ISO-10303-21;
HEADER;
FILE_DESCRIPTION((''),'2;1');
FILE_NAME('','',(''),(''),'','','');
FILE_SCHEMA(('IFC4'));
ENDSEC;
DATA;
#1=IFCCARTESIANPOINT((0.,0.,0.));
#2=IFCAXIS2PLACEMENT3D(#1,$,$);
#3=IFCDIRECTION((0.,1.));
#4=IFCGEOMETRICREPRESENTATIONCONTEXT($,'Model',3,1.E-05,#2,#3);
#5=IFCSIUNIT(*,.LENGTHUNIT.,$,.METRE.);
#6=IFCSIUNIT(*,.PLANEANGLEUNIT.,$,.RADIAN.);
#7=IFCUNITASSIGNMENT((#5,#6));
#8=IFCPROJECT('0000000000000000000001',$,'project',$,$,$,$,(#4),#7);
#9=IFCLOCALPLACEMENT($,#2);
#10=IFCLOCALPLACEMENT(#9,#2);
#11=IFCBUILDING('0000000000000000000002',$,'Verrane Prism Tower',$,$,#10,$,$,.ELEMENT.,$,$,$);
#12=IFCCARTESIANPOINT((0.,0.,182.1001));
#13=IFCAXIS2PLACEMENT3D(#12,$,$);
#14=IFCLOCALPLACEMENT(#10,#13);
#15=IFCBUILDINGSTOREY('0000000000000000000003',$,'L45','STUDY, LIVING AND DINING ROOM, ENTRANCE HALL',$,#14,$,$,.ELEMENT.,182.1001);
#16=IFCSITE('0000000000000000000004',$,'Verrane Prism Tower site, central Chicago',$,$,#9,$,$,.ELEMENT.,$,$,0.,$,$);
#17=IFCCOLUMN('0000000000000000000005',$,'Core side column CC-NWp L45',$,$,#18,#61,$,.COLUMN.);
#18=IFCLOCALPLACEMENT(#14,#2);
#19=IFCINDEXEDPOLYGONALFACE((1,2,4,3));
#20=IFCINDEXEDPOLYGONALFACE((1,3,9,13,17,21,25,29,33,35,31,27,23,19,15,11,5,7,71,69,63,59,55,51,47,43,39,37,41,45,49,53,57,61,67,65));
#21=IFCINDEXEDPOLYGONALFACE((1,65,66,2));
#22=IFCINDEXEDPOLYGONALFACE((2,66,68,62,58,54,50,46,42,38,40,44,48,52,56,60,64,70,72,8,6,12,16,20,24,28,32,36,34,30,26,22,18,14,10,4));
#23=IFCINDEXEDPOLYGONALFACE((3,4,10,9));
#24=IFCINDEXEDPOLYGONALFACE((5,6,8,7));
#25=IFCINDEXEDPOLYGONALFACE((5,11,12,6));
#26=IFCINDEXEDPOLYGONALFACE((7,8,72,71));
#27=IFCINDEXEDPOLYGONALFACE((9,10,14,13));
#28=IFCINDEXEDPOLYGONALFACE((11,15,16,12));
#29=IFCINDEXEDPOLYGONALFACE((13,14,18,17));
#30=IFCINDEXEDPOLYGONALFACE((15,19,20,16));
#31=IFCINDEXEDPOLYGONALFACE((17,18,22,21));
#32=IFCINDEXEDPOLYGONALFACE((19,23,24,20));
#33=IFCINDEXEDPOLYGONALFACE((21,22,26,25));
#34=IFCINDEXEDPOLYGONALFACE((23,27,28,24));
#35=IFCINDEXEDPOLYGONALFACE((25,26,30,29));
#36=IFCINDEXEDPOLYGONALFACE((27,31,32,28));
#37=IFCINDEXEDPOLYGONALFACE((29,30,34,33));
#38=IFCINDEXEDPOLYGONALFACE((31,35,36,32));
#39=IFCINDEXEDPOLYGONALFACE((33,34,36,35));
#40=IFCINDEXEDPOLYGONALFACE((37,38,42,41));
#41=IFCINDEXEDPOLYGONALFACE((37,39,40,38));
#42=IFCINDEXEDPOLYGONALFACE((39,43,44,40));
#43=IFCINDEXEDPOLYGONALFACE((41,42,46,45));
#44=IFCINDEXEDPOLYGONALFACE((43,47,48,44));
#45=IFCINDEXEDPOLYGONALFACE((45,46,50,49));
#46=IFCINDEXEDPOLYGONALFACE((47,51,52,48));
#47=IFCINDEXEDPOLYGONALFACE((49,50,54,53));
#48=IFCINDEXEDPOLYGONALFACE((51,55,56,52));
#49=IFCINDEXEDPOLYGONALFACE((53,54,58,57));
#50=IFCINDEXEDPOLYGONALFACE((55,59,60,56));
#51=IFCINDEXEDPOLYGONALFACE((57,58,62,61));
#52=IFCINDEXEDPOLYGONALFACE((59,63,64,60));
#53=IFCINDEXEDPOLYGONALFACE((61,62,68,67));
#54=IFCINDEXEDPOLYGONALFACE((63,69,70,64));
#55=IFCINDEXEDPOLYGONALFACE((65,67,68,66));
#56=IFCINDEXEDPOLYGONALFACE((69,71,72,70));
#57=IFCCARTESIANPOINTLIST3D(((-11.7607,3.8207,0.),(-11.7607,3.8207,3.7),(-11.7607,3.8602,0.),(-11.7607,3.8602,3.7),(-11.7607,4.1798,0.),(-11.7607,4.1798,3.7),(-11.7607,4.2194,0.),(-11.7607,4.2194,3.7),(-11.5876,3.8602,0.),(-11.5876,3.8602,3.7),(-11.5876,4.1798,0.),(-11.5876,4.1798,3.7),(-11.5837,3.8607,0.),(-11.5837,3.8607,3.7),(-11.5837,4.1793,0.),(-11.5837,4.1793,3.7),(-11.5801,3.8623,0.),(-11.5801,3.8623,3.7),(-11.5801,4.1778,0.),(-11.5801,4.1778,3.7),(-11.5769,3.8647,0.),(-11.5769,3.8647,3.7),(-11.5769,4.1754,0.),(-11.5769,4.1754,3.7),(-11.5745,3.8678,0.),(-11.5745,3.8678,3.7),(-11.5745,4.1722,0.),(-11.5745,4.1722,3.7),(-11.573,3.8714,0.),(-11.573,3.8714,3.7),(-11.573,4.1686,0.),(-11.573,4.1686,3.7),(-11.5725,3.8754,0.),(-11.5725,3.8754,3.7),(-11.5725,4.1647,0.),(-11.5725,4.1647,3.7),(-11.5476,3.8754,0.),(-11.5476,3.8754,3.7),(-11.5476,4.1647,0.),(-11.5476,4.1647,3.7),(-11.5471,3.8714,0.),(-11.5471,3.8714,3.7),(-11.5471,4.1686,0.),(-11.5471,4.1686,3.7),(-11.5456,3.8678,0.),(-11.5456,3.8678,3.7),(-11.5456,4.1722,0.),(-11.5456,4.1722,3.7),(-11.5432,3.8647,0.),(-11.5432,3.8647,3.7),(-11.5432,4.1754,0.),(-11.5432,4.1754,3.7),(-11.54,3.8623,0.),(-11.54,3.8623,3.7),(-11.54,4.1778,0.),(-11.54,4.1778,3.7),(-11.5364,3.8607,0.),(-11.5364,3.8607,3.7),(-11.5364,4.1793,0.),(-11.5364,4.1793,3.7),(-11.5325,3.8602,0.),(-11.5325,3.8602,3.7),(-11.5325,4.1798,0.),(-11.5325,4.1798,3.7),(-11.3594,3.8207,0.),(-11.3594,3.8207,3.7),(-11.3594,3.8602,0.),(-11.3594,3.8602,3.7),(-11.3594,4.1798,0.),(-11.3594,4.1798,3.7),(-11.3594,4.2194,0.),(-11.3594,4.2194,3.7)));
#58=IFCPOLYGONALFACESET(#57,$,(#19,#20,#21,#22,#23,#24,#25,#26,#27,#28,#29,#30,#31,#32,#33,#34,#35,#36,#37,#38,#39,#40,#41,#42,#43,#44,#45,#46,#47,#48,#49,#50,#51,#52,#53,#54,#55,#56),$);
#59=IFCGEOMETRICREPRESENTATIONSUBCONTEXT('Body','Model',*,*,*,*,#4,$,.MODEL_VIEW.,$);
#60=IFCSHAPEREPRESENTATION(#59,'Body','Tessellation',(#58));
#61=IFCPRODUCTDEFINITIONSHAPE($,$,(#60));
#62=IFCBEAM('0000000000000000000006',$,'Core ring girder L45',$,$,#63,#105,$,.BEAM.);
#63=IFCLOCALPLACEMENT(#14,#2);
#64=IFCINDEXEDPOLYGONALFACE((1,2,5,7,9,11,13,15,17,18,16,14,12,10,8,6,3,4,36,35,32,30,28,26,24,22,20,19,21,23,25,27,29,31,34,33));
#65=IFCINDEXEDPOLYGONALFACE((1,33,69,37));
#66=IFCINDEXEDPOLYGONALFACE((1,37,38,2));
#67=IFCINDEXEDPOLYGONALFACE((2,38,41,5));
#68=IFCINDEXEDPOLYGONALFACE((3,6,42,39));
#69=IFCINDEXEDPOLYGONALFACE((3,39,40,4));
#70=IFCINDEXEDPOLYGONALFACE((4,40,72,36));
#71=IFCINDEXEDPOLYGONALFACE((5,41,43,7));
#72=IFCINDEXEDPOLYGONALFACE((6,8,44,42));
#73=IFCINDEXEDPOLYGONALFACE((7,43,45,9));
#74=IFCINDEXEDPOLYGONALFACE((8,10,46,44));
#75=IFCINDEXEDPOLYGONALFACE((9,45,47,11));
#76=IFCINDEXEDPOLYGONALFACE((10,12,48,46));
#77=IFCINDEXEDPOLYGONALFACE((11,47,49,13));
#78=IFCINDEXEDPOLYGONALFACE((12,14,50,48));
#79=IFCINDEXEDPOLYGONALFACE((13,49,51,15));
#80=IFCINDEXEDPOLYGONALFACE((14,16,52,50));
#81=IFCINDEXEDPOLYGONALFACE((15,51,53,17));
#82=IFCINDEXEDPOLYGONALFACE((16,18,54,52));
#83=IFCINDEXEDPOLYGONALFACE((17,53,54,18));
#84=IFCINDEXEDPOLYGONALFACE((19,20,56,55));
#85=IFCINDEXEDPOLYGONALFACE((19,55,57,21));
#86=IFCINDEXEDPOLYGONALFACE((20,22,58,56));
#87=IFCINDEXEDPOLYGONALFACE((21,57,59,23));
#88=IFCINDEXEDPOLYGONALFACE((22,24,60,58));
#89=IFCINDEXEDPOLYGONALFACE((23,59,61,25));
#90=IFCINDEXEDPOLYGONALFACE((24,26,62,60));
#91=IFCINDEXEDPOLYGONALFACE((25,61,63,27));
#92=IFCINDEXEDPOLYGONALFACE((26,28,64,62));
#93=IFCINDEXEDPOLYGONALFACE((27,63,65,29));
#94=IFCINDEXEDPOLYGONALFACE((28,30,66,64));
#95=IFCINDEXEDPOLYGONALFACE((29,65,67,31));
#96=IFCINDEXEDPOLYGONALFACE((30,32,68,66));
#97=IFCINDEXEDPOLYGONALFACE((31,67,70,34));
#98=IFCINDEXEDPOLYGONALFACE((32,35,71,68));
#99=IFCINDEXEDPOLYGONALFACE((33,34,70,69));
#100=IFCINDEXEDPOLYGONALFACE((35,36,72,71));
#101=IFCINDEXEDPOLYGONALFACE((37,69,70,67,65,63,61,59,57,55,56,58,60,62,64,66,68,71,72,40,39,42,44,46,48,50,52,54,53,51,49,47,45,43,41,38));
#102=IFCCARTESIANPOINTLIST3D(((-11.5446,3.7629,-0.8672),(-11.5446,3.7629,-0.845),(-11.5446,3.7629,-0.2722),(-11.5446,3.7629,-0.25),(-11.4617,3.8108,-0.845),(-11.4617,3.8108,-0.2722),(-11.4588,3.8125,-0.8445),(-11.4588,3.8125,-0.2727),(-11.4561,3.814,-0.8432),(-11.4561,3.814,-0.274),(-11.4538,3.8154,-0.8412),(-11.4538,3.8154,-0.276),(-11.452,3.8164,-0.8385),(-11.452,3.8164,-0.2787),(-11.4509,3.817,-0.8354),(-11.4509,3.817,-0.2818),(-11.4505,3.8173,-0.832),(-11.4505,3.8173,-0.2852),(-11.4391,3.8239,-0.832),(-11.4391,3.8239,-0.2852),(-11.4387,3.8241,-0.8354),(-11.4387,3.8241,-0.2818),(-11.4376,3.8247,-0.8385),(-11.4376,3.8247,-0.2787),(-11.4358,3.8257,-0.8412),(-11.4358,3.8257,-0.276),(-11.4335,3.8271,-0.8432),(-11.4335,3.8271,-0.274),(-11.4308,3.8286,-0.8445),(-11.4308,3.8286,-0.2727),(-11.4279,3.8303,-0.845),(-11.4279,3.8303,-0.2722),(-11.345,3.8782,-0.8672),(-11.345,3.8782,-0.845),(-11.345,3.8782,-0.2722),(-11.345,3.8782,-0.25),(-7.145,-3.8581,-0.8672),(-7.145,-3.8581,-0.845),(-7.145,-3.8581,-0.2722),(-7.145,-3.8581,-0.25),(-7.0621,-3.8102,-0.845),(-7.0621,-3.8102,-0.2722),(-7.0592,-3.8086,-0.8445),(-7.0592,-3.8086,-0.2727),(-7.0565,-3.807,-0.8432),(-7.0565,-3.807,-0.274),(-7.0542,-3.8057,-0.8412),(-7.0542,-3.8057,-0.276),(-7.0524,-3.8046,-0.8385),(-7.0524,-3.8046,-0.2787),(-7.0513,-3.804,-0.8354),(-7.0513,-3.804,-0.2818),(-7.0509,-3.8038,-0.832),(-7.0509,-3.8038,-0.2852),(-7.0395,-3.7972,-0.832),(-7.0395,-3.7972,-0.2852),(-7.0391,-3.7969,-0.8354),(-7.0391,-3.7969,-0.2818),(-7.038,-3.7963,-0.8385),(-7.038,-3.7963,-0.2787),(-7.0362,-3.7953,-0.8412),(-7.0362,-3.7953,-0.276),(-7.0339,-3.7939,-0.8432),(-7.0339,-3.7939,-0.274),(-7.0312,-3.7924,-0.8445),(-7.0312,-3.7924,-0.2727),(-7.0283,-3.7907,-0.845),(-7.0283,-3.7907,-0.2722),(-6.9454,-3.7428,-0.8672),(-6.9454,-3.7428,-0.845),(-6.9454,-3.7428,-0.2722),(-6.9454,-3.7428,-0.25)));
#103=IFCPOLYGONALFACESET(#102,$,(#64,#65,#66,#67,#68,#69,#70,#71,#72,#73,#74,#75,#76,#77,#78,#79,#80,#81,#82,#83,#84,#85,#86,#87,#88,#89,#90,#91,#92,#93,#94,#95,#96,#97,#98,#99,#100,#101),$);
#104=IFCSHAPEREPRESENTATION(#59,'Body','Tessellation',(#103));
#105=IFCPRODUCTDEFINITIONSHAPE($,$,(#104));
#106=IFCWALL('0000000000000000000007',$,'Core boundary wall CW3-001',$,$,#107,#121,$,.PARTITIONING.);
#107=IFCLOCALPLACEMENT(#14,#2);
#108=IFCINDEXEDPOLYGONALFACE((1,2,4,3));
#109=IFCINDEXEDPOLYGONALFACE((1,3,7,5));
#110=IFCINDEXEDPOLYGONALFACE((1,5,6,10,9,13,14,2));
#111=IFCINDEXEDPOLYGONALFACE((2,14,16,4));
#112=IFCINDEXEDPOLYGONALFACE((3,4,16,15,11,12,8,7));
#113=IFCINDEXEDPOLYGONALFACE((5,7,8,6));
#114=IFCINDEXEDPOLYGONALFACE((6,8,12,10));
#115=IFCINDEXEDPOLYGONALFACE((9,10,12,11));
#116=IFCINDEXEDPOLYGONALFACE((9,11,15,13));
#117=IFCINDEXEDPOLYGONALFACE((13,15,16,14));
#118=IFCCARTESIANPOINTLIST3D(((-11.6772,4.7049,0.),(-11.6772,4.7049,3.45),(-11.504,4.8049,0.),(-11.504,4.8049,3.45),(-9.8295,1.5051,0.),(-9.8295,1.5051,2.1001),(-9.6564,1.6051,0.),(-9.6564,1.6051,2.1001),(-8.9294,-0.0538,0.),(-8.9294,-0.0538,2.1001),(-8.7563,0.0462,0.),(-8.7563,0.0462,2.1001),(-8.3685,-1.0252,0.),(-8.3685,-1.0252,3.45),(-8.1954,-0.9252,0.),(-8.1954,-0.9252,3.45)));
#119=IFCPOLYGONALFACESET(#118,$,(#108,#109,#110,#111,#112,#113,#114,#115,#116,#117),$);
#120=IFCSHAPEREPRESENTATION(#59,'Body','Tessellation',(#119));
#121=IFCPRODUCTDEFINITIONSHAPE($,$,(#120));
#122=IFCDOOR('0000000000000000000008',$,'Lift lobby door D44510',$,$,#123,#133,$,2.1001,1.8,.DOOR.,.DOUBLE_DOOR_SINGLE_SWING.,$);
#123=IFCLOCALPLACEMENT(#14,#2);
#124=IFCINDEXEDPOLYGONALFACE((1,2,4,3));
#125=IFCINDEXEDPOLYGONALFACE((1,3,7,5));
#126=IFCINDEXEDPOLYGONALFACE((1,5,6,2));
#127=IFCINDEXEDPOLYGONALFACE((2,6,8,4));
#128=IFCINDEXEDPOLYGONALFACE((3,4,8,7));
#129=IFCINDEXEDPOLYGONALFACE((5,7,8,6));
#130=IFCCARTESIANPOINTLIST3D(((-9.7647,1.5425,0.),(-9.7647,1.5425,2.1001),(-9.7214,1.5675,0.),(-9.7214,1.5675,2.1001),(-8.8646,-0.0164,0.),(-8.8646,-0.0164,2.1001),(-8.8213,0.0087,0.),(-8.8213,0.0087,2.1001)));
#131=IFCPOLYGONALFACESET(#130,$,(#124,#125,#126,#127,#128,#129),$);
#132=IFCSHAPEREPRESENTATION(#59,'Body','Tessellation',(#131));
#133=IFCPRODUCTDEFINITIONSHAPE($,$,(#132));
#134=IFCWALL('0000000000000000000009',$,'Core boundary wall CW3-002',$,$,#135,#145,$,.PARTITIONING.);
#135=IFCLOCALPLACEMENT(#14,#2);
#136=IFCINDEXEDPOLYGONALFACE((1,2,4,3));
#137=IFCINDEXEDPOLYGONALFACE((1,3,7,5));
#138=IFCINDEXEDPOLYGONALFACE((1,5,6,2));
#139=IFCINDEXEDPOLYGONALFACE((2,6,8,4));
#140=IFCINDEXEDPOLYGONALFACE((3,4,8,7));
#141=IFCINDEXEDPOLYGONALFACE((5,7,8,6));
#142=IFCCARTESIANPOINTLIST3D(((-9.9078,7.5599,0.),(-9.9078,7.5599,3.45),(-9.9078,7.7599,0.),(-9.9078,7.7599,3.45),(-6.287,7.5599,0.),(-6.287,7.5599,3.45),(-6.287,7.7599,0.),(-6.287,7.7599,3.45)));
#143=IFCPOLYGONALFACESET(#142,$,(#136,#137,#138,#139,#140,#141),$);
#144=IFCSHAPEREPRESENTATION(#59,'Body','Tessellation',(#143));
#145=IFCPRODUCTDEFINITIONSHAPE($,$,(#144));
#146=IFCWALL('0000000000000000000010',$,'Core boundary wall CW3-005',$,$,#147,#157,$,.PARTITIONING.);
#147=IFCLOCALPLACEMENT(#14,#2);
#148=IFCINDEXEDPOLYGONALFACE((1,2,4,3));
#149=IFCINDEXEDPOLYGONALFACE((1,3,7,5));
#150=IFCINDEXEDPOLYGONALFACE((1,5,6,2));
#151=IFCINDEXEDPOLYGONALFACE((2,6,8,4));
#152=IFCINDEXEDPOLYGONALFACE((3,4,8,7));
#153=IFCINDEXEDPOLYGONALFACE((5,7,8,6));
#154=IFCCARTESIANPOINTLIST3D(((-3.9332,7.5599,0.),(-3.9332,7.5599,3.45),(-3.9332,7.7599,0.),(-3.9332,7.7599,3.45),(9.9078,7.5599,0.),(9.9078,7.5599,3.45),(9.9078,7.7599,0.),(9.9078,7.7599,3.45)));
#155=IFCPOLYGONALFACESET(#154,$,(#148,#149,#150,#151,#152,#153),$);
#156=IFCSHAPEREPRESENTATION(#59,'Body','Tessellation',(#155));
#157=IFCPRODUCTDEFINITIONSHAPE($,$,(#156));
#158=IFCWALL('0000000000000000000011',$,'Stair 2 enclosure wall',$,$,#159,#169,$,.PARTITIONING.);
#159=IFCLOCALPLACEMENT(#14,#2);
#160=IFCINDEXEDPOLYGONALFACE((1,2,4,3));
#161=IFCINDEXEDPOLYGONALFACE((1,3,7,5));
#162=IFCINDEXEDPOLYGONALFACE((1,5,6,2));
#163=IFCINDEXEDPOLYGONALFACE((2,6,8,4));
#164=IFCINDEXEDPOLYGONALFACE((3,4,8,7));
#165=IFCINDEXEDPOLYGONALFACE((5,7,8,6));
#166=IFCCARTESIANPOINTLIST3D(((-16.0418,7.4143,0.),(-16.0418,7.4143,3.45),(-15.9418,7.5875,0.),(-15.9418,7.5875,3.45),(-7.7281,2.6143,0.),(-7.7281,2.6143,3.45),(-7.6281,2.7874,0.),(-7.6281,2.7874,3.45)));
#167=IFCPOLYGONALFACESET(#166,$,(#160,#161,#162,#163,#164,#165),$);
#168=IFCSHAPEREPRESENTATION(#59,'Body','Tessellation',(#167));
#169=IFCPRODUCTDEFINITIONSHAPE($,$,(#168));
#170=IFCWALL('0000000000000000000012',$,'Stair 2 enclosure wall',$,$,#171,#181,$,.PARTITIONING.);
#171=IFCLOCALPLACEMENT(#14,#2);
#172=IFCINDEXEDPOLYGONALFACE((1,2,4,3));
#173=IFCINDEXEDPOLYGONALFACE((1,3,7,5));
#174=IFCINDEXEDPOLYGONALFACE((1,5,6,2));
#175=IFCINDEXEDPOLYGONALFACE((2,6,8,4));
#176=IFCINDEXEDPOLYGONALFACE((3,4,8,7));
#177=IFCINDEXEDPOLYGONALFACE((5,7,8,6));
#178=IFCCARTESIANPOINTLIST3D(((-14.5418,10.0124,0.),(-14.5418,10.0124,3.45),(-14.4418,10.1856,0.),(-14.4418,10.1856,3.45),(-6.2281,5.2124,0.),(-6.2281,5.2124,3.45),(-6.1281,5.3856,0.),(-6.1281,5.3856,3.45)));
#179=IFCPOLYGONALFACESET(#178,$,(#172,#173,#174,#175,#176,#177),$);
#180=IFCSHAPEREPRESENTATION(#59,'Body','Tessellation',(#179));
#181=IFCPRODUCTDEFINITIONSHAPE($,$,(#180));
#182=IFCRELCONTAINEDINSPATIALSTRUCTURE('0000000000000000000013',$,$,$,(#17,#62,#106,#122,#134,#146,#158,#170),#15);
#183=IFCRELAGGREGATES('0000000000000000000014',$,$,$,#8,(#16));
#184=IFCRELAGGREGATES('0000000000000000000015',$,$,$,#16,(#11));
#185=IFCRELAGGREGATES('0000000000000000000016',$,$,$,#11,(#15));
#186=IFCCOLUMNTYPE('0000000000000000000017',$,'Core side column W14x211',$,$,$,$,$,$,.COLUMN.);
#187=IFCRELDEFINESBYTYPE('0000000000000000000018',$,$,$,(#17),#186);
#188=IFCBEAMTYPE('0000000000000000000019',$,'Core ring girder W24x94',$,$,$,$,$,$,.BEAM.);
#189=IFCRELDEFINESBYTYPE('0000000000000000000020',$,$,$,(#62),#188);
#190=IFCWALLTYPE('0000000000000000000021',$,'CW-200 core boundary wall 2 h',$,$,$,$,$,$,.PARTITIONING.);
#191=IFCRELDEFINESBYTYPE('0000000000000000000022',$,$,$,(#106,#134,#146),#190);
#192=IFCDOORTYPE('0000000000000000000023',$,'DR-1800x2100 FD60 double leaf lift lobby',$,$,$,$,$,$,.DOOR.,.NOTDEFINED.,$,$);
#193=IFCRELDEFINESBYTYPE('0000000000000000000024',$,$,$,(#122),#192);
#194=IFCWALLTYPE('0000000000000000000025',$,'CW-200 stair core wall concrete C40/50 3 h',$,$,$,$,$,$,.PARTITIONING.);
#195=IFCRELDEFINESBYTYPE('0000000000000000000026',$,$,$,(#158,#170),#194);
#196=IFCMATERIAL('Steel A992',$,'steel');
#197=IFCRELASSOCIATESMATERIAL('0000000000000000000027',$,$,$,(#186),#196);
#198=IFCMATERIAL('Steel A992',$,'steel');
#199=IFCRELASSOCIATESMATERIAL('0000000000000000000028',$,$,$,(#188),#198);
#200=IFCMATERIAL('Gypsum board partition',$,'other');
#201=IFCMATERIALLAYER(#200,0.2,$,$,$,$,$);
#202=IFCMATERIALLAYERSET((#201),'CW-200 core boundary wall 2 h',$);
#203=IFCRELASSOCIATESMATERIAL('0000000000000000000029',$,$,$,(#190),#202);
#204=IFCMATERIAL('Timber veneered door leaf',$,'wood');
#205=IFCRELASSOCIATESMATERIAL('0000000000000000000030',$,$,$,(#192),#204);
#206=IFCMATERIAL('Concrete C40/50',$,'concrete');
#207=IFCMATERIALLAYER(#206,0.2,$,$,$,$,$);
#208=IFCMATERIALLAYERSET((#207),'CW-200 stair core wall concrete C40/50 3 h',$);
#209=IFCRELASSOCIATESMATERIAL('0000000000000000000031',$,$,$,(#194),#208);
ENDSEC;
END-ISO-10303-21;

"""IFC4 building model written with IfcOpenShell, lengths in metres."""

from ifc_helpers import new_model, si_unit, direction, frame, frame_2d, origin, origin_2d, place, context, subcontext, project, spatial, rectangle, i_section, extrude, material, layer, layer_set, material_profile, profile_set, type_object, element, fill, save


model = new_model("IFC4")

# Units and contexts
model_context = context("Model", 3, precision=1e-05, world=origin(), true_north=direction((0.0, 1.0)))
body_context = subcontext(model_context, "Body", "Model", "MODEL_VIEW")
ifc_project = project(units=[si_unit("LENGTHUNIT", "METRE"), si_unit("PLANEANGLEUNIT", "RADIAN")], contexts=[model_context])

# Site, building, storey
site_placement = place(None, origin())
site = spatial("IfcSite", under=ifc_project, at=site_placement, Name="Verrane Prism Tower site, central Chicago", CompositionType="ELEMENT", RefElevation=0.0)
building_placement = place(site_placement, origin())
building = spatial("IfcBuilding", under=site, at=building_placement, Name="Verrane Prism Tower", CompositionType="ELEMENT")
storey_placement = place(building_placement, frame((0.0, 0.0, 182.1001)))
storey = spatial("IfcBuildingStorey", under=building, at=storey_placement, Name="L45", Description="STUDY, LIVING AND DINING ROOM, ENTRANCE HALL", CompositionType="ELEMENT", Elevation=182.1001)

# Column
ifc_material_1 = material(Name="Steel A992", Category="steel")
ifc_material_profile_1 = material_profile(ifc_material_1, i_section(OverallWidth=0.4014, OverallDepth=0.3987, WebThickness=0.0249, FlangeThickness=0.0396, FilletRadius=0.0151, at=origin_2d()), Name="W14x211")
ifc_profile_set_1 = profile_set([ifc_material_profile_1], Name="Steel A992")
column_type = type_object("IfcColumnType", Name="Core side column W14x211", PredefinedType="COLUMN", material=ifc_profile_set_1)
column_placement = place(storey_placement, frame((-11.5601, 4.02, 0.0), z_axis=(0.0, 0.0, 1.0), x_axis=(1.0, 0.0, 0.0)))
element("IfcColumn", 1, at=column_placement, inside=storey, type_object=column_type, Name="Core side column CC-NWp L45", PredefinedType="COLUMN", context=body_context, shape_type="SweptSolid", body=[
    extrude(i_section(OverallWidth=0.4014, OverallDepth=0.3987, WebThickness=0.0249, FlangeThickness=0.0396, FilletRadius=0.0151, at=origin_2d()), origin(), (0.0, 0.0, 1.0), 3.7),
])

# Beam
ifc_material_2 = material(Name="Steel A992", Category="steel")
ifc_material_profile_2 = material_profile(ifc_material_2, i_section(OverallWidth=0.2305, OverallDepth=0.6172, WebThickness=0.0132, FlangeThickness=0.0222, FilletRadius=0.0129, at=origin_2d()), Name="W24x94")
ifc_profile_set_2 = profile_set([ifc_material_profile_2], Name="Steel A992")
beam_type = type_object("IfcBeamType", Name="Core ring girder W24x94", PredefinedType="BEAM", material=ifc_profile_set_2)
beam_placement = place(storey_placement, frame((-11.4448, 3.8206, -0.5586), z_axis=(0.499967, -0.866044, 0.0), x_axis=(0.866044, 0.499967, 0.0)))
element("IfcBeam", 2, at=beam_placement, inside=storey, type_object=beam_type, Name="Core ring girder L45", PredefinedType="BEAM", context=body_context, shape_type="SweptSolid", body=[
    extrude(i_section(OverallWidth=0.2305, OverallDepth=0.6172, WebThickness=0.0132, FlangeThickness=0.0222, FilletRadius=0.0129, at=origin_2d()), origin(), (0.0, 0.0, 1.0), 8.7998),
])

# Wall, opening, door
ifc_material_3 = material(Name="Gypsum board partition", Category="other")
ifc_layer_1 = layer(ifc_material_3, 0.2)
ifc_layer_set_1 = layer_set([ifc_layer_1], Name="CW-200 core boundary wall 2 h")
wall_type_1 = type_object("IfcWallType", Name="CW-200 core boundary wall 2 h", PredefinedType="PARTITIONING", material=ifc_layer_set_1)
wall_1_placement = place(storey_placement, frame((-11.5906, 4.7549, 0.0), z_axis=(0.0, 0.0, 1.0), x_axis=(0.500044, -0.866, 0.0)))
wall_1 = element("IfcWall", 3, at=wall_1_placement, inside=storey, type_object=wall_type_1, Name="Core boundary wall CW3-001", PredefinedType="PARTITIONING", context=body_context, shape_type="SweptSolid", body=[
    extrude(rectangle(XDim=6.6167, YDim=0.2, at=frame_2d((3.3083, 0.0))), origin(), (0.0, 0.0, 1.0), 3.45),
])
opening_1_placement = place(wall_1_placement, frame((3.6951, 0.0, 0.0)))
opening_1 = element("IfcOpeningElement", 4, at=opening_1_placement, cuts=wall_1, PredefinedType="OPENING", context=body_context, shape_type="SweptSolid", body=[
    extrude(rectangle(XDim=1.8, YDim=2.1001, at=frame_2d((0.8999, 1.05))), frame((0.0, 0.1099, 0.0), z_axis=(0.0, -1.0, 0.0), x_axis=(1.0, 0.0, 0.0)), (0.0, 0.0, 1.0), 0.22),
])
ifc_material_4 = material(Name="Timber veneered door leaf", Category="wood")
door_type_1 = type_object("IfcDoorType", Name="DR-1800x2100 FD60 double leaf lift lobby", OperationType="NOTDEFINED", PredefinedType="DOOR", material=ifc_material_4)
door_1_placement = place(opening_1_placement, origin())
door_1 = element("IfcDoor", 5, at=door_1_placement, inside=storey, type_object=door_type_1, Name="Lift lobby door D44510", OperationType="DOUBLE_DOOR_SINGLE_SWING", OverallHeight=2.1001, OverallWidth=1.8, PredefinedType="DOOR", context=body_context, shape_type="SweptSolid", body=[
    extrude(rectangle(XDim=1.8, YDim=2.1001, at=frame_2d((0.8999, 1.05))), frame((0.0, 0.0249, 0.0), z_axis=(0.0, -1.0, 0.0), x_axis=(1.0, 0.0, 0.0)), (0.0, 0.0, 1.0), 0.05),
])
fill(opening_1, door_1)

# Walls
wall_2_placement = place(storey_placement, frame((-9.908, 7.6599, 0.0), z_axis=(0.0, 0.0, 1.0), x_axis=(1.0, 0.0, 0.0)))
element("IfcWall", 6, at=wall_2_placement, inside=storey, type_object=wall_type_1, Name="Core boundary wall CW3-002", PredefinedType="PARTITIONING", context=body_context, shape_type="SweptSolid", body=[
    extrude(rectangle(XDim=3.6208, YDim=0.2, at=frame_2d((1.8105, 0.0))), origin(), (0.0, 0.0, 1.0), 3.45),
])
wall_3_placement = place(storey_placement, frame((-3.9331, 7.6599, 0.0), z_axis=(0.0, 0.0, 1.0), x_axis=(1.0, 0.0, 0.0)))
element("IfcWall", 7, at=wall_3_placement, inside=storey, type_object=wall_type_1, Name="Core boundary wall CW3-005", PredefinedType="PARTITIONING", context=body_context, shape_type="SweptSolid", body=[
    extrude(rectangle(XDim=13.8411, YDim=0.2, at=frame_2d((6.9204, 0.0))), origin(), (0.0, 0.0, 1.0), 3.45),
])
ifc_material_5 = material(Name="Concrete C40/50", Category="concrete")
ifc_layer_2 = layer(ifc_material_5, 0.2)
ifc_layer_set_2 = layer_set([ifc_layer_2], Name="CW-200 stair core wall concrete C40/50 3 h")
wall_type_2 = type_object("IfcWallType", Name="CW-200 stair core wall concrete C40/50 3 h", PredefinedType="PARTITIONING", material=ifc_layer_set_2)
for number, where, z_axis, x_axis, name in (
    (8, (-7.6782, 2.7009, 0.0), (0.0, 0.0, 1.0), (-0.86602, 0.500009, 0.0), "Stair 2 enclosure wall"),
    (9, (-6.1782, 5.2991, 0.0), (0.0, 0.0, 1.0), (-0.86602, 0.500009, 0.0), "Stair 2 enclosure wall"),
):
    element("IfcWall", number, at=place(storey_placement, frame(where, z_axis=z_axis, x_axis=x_axis)), inside=storey, type_object=wall_type_2, Name=name, PredefinedType="PARTITIONING", context=body_context, shape_type="SweptSolid", body=[
        extrude(rectangle(XDim=9.5999, YDim=0.2, at=frame_2d((4.7998, 0.0))), origin(), (0.0, 0.0, 1.0), 3.45),
    ])

save(model, "model.ifc")
